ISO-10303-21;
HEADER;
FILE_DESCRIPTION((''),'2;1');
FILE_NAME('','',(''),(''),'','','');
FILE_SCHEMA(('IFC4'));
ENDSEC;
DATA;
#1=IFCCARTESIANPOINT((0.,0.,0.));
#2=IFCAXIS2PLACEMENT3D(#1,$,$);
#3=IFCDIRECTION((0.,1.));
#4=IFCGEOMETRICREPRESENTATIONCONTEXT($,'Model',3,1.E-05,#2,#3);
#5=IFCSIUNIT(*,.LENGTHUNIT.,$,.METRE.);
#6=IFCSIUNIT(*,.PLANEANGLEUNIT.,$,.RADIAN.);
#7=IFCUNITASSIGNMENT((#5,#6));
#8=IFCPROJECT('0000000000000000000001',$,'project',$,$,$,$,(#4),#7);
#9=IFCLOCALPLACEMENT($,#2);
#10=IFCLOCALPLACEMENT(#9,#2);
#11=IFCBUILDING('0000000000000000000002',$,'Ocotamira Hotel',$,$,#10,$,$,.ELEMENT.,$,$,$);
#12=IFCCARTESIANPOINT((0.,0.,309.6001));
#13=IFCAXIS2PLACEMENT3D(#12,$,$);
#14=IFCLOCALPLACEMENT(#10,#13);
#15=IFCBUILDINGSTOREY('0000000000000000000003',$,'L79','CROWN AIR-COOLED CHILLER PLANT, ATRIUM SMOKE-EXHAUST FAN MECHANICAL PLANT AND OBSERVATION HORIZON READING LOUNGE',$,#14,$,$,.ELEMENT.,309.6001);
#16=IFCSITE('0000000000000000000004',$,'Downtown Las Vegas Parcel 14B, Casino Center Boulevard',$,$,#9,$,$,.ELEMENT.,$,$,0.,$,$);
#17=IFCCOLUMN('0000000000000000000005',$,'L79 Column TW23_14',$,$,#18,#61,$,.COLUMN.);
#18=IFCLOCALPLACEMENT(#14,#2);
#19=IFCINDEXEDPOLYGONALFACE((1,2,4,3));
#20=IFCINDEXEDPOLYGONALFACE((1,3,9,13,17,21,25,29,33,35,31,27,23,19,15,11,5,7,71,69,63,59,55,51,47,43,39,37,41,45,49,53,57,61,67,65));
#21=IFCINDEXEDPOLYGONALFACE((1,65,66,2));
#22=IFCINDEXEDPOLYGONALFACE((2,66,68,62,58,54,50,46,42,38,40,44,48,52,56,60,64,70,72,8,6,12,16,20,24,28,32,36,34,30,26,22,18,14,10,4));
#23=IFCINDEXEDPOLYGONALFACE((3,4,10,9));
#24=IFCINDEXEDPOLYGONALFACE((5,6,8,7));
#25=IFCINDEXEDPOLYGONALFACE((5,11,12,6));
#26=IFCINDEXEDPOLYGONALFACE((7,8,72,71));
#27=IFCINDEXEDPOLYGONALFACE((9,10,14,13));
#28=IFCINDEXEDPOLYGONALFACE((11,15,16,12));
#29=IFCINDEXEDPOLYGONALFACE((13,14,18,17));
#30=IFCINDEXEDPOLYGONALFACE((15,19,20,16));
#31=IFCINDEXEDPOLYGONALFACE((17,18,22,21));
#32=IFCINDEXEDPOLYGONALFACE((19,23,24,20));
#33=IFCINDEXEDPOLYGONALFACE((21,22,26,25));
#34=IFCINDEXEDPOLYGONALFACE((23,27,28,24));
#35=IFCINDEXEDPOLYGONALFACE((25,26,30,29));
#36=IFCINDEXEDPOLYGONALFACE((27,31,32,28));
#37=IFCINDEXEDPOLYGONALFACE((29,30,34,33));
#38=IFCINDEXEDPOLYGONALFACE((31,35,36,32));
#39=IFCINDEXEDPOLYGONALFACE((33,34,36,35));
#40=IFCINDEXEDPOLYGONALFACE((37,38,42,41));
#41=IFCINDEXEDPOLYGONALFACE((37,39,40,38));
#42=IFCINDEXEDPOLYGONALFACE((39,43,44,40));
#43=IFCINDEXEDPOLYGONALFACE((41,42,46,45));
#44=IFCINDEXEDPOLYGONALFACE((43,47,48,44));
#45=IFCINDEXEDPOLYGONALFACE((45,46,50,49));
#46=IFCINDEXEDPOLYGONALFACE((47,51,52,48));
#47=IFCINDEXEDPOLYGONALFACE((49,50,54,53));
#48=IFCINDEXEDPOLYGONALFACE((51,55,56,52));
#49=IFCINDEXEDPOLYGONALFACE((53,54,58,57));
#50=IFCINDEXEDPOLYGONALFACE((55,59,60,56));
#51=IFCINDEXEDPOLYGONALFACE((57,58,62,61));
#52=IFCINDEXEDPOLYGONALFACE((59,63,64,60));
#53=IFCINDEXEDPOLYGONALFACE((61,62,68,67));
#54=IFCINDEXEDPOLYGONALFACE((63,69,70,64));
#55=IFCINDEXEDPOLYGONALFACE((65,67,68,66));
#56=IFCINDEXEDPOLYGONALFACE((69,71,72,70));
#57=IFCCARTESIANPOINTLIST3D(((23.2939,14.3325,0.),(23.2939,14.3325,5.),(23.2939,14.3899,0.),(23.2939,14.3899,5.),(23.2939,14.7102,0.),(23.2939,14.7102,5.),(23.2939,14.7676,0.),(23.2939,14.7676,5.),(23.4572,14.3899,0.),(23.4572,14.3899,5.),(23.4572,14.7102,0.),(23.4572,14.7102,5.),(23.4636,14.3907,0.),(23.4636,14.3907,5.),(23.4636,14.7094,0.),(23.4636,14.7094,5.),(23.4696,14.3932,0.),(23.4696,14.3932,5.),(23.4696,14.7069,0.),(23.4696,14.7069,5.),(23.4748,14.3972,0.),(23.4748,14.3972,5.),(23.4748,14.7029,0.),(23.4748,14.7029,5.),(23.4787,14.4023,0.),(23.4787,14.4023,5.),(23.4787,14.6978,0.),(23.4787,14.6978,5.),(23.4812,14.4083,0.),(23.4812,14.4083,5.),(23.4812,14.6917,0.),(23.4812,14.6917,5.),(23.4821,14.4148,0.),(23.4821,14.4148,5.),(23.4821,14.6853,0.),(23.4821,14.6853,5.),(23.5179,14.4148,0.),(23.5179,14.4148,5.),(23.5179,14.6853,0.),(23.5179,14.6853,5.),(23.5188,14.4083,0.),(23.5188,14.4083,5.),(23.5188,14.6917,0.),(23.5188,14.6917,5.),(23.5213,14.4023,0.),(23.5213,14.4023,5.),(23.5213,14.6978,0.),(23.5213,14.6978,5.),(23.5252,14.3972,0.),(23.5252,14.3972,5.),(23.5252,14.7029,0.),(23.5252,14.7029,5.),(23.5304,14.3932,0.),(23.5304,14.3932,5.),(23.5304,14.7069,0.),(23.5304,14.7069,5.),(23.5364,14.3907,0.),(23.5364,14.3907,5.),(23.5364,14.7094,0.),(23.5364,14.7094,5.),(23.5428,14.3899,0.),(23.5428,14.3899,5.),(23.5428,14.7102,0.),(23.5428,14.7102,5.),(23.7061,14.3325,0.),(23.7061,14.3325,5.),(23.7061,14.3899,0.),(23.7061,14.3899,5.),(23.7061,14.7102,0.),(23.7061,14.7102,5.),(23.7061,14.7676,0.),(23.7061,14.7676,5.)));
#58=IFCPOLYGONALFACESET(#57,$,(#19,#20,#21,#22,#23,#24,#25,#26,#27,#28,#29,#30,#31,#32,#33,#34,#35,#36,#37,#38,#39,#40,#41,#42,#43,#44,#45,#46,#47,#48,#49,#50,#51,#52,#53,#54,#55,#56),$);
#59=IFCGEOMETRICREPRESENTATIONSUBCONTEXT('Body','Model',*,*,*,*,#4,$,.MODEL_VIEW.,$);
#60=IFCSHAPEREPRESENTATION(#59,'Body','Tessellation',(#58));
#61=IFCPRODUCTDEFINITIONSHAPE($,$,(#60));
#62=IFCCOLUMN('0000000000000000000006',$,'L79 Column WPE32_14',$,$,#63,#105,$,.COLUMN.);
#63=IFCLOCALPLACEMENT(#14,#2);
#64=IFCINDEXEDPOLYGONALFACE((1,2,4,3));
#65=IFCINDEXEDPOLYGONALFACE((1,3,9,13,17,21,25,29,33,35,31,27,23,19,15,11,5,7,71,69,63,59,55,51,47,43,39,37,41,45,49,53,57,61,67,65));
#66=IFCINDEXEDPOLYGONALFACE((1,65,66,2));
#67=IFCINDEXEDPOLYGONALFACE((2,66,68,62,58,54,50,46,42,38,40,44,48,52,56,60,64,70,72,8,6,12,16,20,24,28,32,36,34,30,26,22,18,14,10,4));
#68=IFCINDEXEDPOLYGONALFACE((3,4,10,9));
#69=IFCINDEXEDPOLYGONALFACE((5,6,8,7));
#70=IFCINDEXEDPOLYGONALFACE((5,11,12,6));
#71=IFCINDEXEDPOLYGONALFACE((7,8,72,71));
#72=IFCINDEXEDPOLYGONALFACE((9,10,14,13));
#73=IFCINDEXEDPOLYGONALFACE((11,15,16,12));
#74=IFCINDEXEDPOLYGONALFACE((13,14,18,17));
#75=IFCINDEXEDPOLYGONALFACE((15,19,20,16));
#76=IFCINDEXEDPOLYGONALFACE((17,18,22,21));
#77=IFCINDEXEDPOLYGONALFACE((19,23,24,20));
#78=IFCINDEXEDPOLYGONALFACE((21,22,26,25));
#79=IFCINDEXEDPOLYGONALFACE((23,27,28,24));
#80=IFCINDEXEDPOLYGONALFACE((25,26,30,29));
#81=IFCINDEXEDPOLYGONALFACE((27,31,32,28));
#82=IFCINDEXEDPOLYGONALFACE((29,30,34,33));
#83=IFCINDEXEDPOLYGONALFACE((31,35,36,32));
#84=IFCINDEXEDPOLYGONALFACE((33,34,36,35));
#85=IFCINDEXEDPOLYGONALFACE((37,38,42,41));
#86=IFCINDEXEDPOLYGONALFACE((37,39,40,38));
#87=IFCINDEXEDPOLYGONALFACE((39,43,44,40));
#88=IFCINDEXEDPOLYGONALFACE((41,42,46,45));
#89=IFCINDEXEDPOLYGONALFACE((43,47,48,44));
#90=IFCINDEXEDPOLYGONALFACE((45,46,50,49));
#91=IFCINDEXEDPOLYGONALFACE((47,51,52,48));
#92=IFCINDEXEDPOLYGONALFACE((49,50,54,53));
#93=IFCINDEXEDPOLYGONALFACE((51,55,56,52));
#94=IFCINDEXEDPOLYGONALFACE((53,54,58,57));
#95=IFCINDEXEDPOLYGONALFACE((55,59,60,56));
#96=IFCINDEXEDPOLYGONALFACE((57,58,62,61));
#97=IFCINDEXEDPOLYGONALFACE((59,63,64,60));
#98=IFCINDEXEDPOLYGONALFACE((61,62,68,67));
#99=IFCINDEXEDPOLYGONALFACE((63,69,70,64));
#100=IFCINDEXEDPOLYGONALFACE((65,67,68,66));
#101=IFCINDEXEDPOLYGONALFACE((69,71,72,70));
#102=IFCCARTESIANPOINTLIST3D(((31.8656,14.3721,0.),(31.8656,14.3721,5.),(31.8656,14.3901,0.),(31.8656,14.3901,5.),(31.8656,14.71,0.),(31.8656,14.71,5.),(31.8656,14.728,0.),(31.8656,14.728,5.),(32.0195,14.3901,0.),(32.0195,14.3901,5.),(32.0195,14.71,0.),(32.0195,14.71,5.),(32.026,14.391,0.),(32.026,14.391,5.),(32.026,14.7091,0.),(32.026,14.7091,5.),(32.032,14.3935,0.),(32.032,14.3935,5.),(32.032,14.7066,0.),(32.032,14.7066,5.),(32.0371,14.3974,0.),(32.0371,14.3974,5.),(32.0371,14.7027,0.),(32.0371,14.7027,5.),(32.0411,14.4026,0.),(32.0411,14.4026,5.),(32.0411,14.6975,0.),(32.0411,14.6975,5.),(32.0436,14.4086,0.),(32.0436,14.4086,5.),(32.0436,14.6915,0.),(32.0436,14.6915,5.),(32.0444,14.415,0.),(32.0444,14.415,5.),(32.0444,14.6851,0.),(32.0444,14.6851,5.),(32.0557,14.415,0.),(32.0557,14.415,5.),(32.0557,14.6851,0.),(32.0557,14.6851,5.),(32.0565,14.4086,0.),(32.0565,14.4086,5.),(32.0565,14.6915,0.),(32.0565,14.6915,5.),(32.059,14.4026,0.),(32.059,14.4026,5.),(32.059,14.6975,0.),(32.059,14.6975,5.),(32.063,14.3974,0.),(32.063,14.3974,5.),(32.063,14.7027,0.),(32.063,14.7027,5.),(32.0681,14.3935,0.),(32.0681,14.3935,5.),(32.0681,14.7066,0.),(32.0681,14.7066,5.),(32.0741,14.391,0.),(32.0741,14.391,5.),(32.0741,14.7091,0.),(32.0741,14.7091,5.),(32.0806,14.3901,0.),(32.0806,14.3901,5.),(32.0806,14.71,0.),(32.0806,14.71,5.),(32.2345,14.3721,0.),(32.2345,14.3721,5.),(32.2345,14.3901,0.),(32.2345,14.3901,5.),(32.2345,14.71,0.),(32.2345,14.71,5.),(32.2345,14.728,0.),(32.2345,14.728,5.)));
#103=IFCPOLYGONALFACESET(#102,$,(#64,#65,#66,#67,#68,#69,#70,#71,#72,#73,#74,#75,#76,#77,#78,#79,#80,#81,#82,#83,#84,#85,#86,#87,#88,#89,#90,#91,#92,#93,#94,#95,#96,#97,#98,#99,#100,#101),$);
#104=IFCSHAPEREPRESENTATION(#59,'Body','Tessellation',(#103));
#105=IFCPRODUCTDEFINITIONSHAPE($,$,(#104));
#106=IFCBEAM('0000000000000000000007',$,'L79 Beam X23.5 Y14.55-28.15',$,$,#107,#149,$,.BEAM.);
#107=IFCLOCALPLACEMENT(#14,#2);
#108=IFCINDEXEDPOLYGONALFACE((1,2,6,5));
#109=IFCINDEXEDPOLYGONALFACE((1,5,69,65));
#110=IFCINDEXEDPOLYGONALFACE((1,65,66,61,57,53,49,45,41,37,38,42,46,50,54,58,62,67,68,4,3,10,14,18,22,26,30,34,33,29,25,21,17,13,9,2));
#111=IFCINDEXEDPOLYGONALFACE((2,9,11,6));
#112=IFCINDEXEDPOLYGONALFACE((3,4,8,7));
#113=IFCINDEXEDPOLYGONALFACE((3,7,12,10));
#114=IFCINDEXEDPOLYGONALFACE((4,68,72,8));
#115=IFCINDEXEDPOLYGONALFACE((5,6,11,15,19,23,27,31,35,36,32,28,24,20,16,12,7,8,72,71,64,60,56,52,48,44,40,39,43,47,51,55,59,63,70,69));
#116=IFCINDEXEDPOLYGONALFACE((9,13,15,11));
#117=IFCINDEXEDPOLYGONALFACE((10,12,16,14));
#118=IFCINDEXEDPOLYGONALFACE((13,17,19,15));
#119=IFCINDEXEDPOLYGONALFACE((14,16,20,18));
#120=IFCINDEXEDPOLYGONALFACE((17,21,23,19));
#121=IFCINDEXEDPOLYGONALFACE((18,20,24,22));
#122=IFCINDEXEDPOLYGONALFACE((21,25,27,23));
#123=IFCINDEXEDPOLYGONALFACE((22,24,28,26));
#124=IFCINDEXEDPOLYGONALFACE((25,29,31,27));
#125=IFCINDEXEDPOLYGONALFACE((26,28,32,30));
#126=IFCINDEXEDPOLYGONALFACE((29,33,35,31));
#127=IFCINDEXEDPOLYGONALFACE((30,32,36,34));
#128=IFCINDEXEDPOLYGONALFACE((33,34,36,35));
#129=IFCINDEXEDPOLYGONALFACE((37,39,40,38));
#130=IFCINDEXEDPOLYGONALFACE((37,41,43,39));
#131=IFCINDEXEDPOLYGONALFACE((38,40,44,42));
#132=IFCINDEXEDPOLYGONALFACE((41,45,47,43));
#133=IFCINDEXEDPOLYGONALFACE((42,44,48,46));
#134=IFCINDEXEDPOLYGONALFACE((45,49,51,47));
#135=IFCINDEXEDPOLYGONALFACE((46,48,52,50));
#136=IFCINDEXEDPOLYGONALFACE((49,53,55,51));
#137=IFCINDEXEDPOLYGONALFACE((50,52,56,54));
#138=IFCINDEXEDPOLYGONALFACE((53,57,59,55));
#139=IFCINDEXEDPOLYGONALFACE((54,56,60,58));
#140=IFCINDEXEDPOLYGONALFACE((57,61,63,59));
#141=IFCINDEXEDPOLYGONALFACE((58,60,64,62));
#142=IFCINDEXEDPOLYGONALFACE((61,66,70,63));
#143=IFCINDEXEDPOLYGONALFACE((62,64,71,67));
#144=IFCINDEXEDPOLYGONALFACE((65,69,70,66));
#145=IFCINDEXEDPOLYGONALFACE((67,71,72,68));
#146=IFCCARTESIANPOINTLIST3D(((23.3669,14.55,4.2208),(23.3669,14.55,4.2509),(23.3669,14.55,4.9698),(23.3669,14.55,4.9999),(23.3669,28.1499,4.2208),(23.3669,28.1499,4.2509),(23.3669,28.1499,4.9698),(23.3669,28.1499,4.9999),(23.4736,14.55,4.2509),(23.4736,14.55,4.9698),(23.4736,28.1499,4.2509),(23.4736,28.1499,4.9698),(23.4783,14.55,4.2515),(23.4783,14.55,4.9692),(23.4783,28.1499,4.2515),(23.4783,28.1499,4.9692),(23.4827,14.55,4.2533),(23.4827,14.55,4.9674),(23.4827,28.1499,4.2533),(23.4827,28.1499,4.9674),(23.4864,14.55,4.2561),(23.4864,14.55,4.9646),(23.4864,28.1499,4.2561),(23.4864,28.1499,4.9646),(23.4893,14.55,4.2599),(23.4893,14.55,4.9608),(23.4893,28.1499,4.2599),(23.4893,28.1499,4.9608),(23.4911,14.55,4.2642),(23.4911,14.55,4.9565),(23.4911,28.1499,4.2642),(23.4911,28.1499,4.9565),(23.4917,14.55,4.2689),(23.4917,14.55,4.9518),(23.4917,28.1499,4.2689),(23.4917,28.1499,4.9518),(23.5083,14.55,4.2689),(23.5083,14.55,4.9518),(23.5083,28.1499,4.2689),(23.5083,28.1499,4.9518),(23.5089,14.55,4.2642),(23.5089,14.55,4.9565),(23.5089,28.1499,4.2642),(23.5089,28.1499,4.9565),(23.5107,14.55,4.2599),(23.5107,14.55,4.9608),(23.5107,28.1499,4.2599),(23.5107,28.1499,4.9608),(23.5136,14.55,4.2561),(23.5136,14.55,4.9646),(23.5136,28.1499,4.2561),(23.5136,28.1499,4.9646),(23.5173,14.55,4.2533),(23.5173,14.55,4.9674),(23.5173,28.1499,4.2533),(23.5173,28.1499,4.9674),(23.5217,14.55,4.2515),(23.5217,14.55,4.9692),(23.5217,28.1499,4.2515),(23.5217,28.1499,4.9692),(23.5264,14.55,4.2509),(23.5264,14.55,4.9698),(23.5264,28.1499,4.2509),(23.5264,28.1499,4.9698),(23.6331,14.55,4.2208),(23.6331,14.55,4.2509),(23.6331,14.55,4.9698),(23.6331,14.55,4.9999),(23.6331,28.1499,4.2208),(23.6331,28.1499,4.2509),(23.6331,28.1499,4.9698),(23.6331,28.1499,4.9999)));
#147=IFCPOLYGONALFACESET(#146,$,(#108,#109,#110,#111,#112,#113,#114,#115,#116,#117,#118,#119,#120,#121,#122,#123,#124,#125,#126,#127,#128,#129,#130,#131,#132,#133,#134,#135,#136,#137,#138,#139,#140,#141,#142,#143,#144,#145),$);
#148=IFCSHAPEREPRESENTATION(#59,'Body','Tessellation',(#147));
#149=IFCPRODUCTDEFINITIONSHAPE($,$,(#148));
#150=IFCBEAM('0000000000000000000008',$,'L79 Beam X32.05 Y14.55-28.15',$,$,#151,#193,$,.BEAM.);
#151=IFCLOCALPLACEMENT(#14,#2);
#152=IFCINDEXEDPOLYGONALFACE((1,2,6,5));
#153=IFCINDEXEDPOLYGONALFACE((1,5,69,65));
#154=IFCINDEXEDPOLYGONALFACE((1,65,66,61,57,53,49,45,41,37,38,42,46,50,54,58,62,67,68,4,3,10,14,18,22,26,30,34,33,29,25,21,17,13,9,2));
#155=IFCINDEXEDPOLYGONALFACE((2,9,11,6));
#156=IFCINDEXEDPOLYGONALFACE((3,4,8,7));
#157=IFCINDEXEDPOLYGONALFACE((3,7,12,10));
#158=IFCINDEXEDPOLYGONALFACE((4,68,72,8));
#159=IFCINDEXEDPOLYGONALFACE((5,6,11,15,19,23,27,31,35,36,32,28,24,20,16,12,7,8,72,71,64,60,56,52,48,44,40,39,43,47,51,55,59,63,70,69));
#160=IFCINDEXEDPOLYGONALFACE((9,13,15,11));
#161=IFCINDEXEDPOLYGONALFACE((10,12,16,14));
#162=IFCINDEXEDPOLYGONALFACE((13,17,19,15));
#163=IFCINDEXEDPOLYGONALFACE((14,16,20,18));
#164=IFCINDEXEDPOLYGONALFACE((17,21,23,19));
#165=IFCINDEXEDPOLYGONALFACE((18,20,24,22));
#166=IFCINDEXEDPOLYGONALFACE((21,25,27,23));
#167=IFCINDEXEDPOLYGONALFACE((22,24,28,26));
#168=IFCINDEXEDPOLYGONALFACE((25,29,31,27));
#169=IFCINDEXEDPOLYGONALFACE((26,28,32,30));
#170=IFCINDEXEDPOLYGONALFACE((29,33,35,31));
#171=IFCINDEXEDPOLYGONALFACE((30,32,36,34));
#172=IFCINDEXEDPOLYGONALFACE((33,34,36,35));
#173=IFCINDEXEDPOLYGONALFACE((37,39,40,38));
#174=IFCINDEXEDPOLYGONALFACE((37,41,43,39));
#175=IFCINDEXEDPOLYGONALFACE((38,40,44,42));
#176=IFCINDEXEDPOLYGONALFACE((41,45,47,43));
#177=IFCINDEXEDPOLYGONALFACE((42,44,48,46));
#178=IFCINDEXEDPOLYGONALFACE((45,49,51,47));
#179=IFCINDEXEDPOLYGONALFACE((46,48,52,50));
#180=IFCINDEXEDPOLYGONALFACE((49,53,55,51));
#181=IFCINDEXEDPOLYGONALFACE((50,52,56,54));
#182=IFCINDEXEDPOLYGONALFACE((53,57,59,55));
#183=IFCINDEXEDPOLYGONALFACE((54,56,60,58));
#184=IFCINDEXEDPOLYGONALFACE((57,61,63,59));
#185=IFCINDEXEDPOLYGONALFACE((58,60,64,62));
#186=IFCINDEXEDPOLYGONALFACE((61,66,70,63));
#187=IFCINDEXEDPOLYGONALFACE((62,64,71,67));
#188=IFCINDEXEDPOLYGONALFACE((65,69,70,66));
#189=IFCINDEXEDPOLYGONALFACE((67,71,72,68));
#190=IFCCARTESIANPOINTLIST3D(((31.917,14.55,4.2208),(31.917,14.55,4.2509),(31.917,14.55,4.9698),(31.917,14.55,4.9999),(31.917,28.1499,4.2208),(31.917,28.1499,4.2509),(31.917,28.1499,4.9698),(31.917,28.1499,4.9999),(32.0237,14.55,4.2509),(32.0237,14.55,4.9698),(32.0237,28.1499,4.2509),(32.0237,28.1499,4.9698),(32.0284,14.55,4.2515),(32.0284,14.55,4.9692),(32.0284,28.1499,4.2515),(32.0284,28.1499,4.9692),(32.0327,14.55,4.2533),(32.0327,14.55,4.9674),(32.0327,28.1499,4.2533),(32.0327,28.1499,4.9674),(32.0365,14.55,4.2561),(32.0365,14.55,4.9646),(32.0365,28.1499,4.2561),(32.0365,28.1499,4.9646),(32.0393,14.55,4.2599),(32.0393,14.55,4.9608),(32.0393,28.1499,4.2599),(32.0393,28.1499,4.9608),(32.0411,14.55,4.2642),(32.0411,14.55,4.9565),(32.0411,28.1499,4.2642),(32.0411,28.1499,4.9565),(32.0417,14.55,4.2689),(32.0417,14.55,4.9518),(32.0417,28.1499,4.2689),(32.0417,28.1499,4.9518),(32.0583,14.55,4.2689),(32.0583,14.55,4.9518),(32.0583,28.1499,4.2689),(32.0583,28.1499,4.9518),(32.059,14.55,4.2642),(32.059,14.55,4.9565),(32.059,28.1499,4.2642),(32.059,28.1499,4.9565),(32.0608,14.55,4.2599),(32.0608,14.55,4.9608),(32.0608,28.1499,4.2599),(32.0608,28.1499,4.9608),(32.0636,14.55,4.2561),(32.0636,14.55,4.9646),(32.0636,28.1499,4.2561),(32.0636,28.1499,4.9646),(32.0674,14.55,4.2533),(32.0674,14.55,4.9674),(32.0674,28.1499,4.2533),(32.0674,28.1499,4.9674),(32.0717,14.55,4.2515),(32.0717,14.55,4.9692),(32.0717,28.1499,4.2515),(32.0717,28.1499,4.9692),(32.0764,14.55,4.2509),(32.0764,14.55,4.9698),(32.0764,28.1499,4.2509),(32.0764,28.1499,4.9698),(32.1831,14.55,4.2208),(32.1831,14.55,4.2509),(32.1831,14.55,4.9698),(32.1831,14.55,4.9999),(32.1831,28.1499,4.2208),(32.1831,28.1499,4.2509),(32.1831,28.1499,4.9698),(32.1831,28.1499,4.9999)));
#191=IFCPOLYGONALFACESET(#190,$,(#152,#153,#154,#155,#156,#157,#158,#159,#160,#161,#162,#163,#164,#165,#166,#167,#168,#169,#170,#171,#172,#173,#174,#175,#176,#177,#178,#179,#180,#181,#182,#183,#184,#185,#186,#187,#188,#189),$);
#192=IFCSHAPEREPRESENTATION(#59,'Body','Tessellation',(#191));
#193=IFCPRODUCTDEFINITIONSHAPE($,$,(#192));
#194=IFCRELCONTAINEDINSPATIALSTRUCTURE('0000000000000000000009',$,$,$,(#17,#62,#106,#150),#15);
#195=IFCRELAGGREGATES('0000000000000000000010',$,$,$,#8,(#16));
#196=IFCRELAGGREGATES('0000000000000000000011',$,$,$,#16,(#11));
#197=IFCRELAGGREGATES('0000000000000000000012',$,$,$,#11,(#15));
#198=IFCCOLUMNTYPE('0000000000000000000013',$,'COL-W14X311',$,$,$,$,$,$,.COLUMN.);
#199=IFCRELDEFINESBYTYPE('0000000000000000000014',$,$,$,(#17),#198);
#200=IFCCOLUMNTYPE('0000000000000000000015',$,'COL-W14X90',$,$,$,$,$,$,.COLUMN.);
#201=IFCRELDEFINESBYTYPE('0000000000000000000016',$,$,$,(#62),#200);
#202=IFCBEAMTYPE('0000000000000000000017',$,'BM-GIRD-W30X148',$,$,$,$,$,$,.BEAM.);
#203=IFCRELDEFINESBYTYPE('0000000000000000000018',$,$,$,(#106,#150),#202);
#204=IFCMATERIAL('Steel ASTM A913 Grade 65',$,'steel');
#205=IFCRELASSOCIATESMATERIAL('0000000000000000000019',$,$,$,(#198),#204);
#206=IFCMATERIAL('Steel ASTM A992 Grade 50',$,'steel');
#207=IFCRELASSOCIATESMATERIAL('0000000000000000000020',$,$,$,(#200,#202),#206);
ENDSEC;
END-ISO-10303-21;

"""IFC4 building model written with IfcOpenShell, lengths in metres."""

from ifc_helpers import new_model, si_unit, direction, frame, origin, origin_2d, place, context, subcontext, project, spatial, i_section, extrude, source, transform, mapped, material, material_profile, profile_set, type_object, element, save


model = new_model("IFC4")

# Units and contexts
model_context = context("Model", 3, precision=1e-05, world=origin(), true_north=direction((0.0, 1.0)))
body_context = subcontext(model_context, "Body", "Model", "MODEL_VIEW")
ifc_project = project(units=[si_unit("LENGTHUNIT", "METRE"), si_unit("PLANEANGLEUNIT", "RADIAN")], contexts=[model_context])

# Site, building, storey
site_placement = place(None, origin())
site = spatial("IfcSite", under=ifc_project, at=site_placement, Name="Downtown Las Vegas Parcel 14B, Casino Center Boulevard", CompositionType="ELEMENT", RefElevation=0.0)
building_placement = place(site_placement, origin())
building = spatial("IfcBuilding", under=site, at=building_placement, Name="Ocotamira Hotel", CompositionType="ELEMENT")
storey_placement = place(building_placement, frame((0.0, 0.0, 309.6001)))
storey = spatial("IfcBuildingStorey", under=building, at=storey_placement, Name="L79", Description="CROWN AIR-COOLED CHILLER PLANT, ATRIUM SMOKE-EXHAUST FAN MECHANICAL PLANT AND OBSERVATION HORIZON READING LOUNGE", CompositionType="ELEMENT", Elevation=309.6001)

# Columns
ifc_material_1 = material(Name="Steel ASTM A913 Grade 65", Category="steel")
ifc_material_profile_1 = material_profile(ifc_material_1, i_section(OverallWidth=0.4121, OverallDepth=0.4351, WebThickness=0.0359, FlangeThickness=0.0574, FilletRadius=0.0249, at=origin_2d()), Name="W14X311")
ifc_profile_set_1 = profile_set([ifc_material_profile_1], Name="Steel ASTM A913 Grade 65")
column_type_1 = type_object("IfcColumnType", Name="COL-W14X311", PredefinedType="COLUMN", material=ifc_profile_set_1)
shared_shape_1 = source(origin(), body_context, "Body", "SweptSolid", [
    extrude(i_section(OverallWidth=0.4121, OverallDepth=0.4351, WebThickness=0.0359, FlangeThickness=0.0574, FilletRadius=0.0249, at=origin_2d()), origin(), (0.0, 0.0, 1.0), 5.0),
])
column_1_placement = place(storey_placement, frame((23.5, 14.55, 0.0), z_axis=(0.0, 0.0, 1.0), x_axis=(1.0, 0.0, 0.0)))
element("IfcColumn", 1, at=column_1_placement, inside=storey, type_object=column_type_1, Name="L79 Column TW23_14", PredefinedType="COLUMN", context=body_context, shape_type="MappedRepresentation", body=[
    mapped(shared_shape_1, transform((0.0, 0.0, 0.0), scale=1.0)),
])
ifc_material_2 = material(Name="Steel ASTM A992 Grade 50", Category="steel")
ifc_material_profile_2 = material_profile(ifc_material_2, i_section(OverallWidth=0.3689, OverallDepth=0.356, WebThickness=0.0112, FlangeThickness=0.0181, FilletRadius=0.0249, at=origin_2d()), Name="W14X90")
ifc_profile_set_2 = profile_set([ifc_material_profile_2], Name="Steel ASTM A992 Grade 50")
column_type_2 = type_object("IfcColumnType", Name="COL-W14X90", PredefinedType="COLUMN", material=ifc_profile_set_2)
shared_shape_2 = source(origin(), body_context, "Body", "SweptSolid", [
    extrude(i_section(OverallWidth=0.3689, OverallDepth=0.356, WebThickness=0.0112, FlangeThickness=0.0181, FilletRadius=0.0249, at=origin_2d()), origin(), (0.0, 0.0, 1.0), 5.0),
])
column_2_placement = place(storey_placement, frame((32.05, 14.55, 0.0), z_axis=(0.0, 0.0, 1.0), x_axis=(1.0, 0.0, 0.0)))
element("IfcColumn", 2, at=column_2_placement, inside=storey, type_object=column_type_2, Name="L79 Column WPE32_14", PredefinedType="COLUMN", context=body_context, shape_type="MappedRepresentation", body=[
    mapped(shared_shape_2, transform((0.0, 0.0, 0.0), scale=1.0)),
])

# Beams
ifc_material_profile_3 = material_profile(ifc_material_2, i_section(OverallWidth=0.2661, OverallDepth=0.7791, WebThickness=0.0166, FlangeThickness=0.03, FilletRadius=0.0181, at=origin_2d()), Name="W30X148")
ifc_profile_set_3 = profile_set([ifc_material_profile_3], Name="Steel ASTM A992 Grade 50")
beam_type_1 = type_object("IfcBeamType", Name="BM-GIRD-W30X148", PredefinedType="BEAM", material=ifc_profile_set_3)
shared_shape_3 = source(origin(), body_context, "Body", "SweptSolid", [
    extrude(i_section(OverallWidth=0.2661, OverallDepth=0.7791, WebThickness=0.0166, FlangeThickness=0.03, FilletRadius=0.0181, at=origin_2d()), origin(), (0.0, 0.0, 1.0), 13.5999),
])
for number, where, z_axis, x_axis, name in (
    (3, (23.5, 14.55, 4.6104), (0.0, 1.0, 0.0), (-1.0, 0.0, 0.0), "L79 Beam X23.5 Y14.55-28.15"),
    (4, (32.05, 14.55, 4.6104), (0.0, 1.0, 0.0), (-1.0, 0.0, 0.0), "L79 Beam X32.05 Y14.55-28.15"),
):
    element("IfcBeam", number, at=place(storey_placement, frame(where, z_axis=z_axis, x_axis=x_axis)), inside=storey, type_object=beam_type_1, Name=name, PredefinedType="BEAM", context=body_context, shape_type="MappedRepresentation", body=[
        mapped(shared_shape_3, transform((0.0, 0.0, 0.0), scale=1.0)),
    ])

save(model, "model.ifc")
